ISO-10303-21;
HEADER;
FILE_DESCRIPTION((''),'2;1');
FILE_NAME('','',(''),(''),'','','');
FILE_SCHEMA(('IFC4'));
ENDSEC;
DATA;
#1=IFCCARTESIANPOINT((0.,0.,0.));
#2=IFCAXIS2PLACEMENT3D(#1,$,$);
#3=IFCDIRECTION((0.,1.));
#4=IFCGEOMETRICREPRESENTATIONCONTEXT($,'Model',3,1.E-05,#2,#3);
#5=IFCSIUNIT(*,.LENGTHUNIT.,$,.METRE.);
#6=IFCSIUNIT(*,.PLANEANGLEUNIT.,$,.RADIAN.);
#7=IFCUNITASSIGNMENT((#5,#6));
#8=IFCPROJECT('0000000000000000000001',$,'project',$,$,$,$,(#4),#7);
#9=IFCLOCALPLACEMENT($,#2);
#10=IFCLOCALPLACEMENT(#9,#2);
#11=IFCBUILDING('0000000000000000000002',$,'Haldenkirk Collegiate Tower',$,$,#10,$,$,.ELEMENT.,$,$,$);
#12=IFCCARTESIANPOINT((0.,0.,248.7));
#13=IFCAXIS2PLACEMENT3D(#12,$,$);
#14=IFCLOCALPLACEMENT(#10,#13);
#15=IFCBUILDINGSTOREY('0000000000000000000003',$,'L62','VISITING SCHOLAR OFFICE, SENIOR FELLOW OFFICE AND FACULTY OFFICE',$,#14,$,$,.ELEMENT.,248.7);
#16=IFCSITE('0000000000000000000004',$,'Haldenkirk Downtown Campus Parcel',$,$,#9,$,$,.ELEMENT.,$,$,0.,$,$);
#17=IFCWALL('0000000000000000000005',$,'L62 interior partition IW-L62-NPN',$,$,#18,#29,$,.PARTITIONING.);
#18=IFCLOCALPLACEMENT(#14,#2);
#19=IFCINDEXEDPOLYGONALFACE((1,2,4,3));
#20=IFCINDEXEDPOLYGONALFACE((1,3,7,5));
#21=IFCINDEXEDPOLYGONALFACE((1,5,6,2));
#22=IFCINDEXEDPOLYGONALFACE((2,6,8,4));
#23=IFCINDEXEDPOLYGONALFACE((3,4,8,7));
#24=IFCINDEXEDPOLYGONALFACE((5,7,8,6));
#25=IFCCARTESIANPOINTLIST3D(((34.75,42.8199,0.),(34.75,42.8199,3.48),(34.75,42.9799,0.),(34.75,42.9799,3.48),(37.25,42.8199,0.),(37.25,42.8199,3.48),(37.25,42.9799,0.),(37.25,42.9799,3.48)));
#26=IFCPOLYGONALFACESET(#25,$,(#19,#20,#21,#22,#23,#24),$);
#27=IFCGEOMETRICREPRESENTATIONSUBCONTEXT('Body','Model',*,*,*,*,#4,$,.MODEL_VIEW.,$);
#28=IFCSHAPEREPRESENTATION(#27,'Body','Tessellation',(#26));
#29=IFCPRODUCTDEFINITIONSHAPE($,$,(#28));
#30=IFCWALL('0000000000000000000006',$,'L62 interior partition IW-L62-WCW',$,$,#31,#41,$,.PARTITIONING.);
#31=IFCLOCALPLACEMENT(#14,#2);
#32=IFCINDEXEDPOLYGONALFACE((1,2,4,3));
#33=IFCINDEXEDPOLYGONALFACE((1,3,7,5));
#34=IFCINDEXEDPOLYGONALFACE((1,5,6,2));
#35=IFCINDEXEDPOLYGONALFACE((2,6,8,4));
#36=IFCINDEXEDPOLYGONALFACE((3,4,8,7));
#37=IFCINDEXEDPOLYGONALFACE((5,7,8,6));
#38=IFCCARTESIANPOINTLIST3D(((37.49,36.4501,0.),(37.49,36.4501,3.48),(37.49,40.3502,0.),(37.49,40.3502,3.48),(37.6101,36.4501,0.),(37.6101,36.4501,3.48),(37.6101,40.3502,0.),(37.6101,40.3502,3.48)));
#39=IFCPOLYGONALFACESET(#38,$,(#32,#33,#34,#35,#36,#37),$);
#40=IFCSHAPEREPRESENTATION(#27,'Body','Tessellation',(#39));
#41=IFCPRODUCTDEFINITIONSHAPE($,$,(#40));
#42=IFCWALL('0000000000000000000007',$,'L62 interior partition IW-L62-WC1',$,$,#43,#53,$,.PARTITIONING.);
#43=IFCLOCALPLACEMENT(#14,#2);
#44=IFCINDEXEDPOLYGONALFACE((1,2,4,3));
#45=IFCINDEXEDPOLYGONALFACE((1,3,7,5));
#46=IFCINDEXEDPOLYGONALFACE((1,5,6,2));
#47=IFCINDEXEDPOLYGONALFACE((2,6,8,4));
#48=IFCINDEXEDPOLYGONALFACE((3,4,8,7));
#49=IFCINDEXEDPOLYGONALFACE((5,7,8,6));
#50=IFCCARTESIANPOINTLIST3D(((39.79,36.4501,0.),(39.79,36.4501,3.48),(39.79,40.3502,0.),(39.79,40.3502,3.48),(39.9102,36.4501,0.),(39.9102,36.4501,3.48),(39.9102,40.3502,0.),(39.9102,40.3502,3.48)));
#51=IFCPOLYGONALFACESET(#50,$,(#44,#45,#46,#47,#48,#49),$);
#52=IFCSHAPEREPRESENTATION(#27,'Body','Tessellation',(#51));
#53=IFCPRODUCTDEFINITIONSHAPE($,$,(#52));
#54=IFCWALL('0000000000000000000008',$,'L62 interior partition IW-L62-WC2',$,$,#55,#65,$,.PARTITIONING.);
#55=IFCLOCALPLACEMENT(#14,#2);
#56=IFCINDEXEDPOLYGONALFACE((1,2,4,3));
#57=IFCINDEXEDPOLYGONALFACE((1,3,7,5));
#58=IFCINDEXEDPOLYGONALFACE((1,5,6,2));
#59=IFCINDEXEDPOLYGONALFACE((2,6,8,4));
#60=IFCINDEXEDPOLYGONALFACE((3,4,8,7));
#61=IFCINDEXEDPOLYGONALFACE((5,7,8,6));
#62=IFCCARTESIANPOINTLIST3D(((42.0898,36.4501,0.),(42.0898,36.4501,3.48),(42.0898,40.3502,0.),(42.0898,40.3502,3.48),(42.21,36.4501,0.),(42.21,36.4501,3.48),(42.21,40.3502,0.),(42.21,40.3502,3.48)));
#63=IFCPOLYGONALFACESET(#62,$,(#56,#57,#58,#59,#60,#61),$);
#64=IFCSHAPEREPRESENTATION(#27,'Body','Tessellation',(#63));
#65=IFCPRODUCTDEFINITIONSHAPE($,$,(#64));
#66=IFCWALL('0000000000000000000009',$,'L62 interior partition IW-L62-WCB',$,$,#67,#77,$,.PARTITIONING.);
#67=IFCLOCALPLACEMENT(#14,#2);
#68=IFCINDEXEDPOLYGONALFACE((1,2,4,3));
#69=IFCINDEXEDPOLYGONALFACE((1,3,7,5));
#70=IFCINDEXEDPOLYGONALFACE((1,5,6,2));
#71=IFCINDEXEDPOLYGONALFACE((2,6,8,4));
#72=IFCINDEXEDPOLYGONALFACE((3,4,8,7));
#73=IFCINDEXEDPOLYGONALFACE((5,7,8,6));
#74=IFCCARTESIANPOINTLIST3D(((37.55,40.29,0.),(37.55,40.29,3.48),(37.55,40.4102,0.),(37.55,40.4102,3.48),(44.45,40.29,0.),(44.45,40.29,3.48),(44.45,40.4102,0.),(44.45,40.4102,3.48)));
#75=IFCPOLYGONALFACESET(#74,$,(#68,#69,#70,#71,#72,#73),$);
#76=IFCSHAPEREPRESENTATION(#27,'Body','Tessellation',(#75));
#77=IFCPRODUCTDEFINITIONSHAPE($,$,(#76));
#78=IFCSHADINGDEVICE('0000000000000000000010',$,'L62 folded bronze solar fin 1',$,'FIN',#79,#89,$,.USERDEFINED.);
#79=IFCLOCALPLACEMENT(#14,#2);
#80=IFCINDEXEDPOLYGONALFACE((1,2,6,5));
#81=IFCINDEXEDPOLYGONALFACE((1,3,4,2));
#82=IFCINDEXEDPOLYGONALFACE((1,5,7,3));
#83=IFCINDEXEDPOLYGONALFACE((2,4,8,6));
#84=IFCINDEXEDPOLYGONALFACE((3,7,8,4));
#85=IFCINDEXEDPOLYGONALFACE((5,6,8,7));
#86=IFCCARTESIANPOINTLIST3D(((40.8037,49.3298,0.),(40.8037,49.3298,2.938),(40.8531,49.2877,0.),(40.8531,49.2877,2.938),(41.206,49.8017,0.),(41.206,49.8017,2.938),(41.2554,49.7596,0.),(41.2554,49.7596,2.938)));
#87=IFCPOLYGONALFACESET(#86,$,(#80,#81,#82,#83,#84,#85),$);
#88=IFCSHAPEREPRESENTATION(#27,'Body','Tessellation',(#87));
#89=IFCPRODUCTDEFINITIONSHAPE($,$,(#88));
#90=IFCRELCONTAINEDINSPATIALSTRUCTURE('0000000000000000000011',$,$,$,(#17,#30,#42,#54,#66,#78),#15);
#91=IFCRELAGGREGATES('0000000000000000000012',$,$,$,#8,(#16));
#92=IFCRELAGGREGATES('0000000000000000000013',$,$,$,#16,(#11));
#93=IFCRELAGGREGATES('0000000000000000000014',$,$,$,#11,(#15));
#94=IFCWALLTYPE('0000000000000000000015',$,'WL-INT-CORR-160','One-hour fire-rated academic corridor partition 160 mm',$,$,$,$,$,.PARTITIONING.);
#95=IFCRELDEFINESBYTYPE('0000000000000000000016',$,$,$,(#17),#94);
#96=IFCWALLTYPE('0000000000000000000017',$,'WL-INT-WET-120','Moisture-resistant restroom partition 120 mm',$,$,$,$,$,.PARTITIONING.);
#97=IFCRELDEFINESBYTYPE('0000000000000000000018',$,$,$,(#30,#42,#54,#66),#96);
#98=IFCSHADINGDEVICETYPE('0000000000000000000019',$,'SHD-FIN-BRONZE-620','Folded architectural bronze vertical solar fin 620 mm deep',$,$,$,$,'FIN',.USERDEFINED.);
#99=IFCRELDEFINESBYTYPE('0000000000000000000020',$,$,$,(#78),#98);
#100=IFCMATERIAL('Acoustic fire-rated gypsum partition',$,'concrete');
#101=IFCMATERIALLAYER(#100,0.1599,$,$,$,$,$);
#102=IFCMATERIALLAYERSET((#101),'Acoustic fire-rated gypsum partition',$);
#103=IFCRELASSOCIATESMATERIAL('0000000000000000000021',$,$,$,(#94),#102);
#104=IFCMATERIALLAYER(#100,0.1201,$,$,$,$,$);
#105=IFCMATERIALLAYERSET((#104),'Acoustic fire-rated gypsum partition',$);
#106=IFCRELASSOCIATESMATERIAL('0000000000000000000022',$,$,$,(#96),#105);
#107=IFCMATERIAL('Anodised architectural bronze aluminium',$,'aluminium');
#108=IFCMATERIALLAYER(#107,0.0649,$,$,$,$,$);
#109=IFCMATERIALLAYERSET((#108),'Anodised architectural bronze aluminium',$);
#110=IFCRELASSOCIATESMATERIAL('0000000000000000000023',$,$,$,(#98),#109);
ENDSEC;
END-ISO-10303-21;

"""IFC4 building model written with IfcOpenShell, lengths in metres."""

from ifc_helpers import new_model, si_unit, direction, frame, frame_2d, origin, origin_2d, place, context, subcontext, project, spatial, rectangle, extrude, source, transform, mapped, material, layer, layer_set, type_object, element, save


model = new_model("IFC4")

# Units and contexts
model_context = context("Model", 3, precision=1e-05, world=origin(), true_north=direction((0.0, 1.0)))
body_context = subcontext(model_context, "Body", "Model", "MODEL_VIEW")
ifc_project = project(units=[si_unit("LENGTHUNIT", "METRE"), si_unit("PLANEANGLEUNIT", "RADIAN")], contexts=[model_context])

# Site, building, storey
site_placement = place(None, origin())
site = spatial("IfcSite", under=ifc_project, at=site_placement, Name="Haldenkirk Downtown Campus Parcel", CompositionType="ELEMENT", RefElevation=0.0)
building_placement = place(site_placement, origin())
building = spatial("IfcBuilding", under=site, at=building_placement, Name="Haldenkirk Collegiate Tower", CompositionType="ELEMENT")
storey_placement = place(building_placement, frame((0.0, 0.0, 248.7)))
storey = spatial("IfcBuildingStorey", under=building, at=storey_placement, Name="L62", Description="VISITING SCHOLAR OFFICE, SENIOR FELLOW OFFICE AND FACULTY OFFICE", CompositionType="ELEMENT", Elevation=248.7)

# Shared definitions
ifc_material_1 = material(Name="Anodised architectural bronze aluminium", Category="aluminium")

# Shared definitions
ifc_material_2 = material(Name="Acoustic fire-rated gypsum partition", Category="concrete")
ifc_layer_1 = layer(ifc_material_2, 0.1599)
ifc_layer_set_1 = layer_set([ifc_layer_1], Name="Acoustic fire-rated gypsum partition")
wall_type_1 = type_object("IfcWallType", Name="WL-INT-CORR-160", Description="One-hour fire-rated academic corridor partition 160 mm", PredefinedType="PARTITIONING", material=ifc_layer_set_1)

# Walls
wall_1_placement = place(storey_placement, frame((34.75, 42.8999, 0.0), z_axis=(0.0, 0.0, 1.0), x_axis=(1.0, 0.0, 0.0)))
element("IfcWall", 1, at=wall_1_placement, inside=storey, type_object=wall_type_1, Name="L62 interior partition IW-L62-NPN", PredefinedType="PARTITIONING", context=body_context, shape_type="SweptSolid", body=[
    extrude(rectangle(XDim=2.5, YDim=0.1599, at=frame_2d((1.25, 0.0))), origin(), (0.0, 0.0, 1.0), 3.48),
])
ifc_layer_2 = layer(ifc_material_2, 0.1201)
ifc_layer_set_2 = layer_set([ifc_layer_2], Name="Acoustic fire-rated gypsum partition")
wall_type_2 = type_object("IfcWallType", Name="WL-INT-WET-120", Description="Moisture-resistant restroom partition 120 mm", PredefinedType="PARTITIONING", material=ifc_layer_set_2)
for number, where, z_axis, x_axis, name in (
    (2, (37.55, 36.45, 0.0), (0.0, 0.0, 1.0), (0.0, 1.0, 0.0), "L62 interior partition IW-L62-WCW"),
    (3, (39.8501, 36.45, 0.0), (0.0, 0.0, 1.0), (0.0, 1.0, 0.0), "L62 interior partition IW-L62-WC1"),
    (4, (42.1499, 36.45, 0.0), (0.0, 0.0, 1.0), (0.0, 1.0, 0.0), "L62 interior partition IW-L62-WC2"),
):
    element("IfcWall", number, at=place(storey_placement, frame(where, z_axis=z_axis, x_axis=x_axis)), inside=storey, type_object=wall_type_2, Name=name, PredefinedType="PARTITIONING", context=body_context, shape_type="SweptSolid", body=[
        extrude(rectangle(XDim=3.9001, YDim=0.1201, at=frame_2d((1.9502, 0.0))), origin(), (0.0, 0.0, 1.0), 3.48),
    ])
wall_2_placement = place(storey_placement, frame((37.55, 40.3501, 0.0), z_axis=(0.0, 0.0, 1.0), x_axis=(1.0, 0.0, 0.0)))
element("IfcWall", 5, at=wall_2_placement, inside=storey, type_object=wall_type_2, Name="L62 interior partition IW-L62-WCB", PredefinedType="PARTITIONING", context=body_context, shape_type="SweptSolid", body=[
    extrude(rectangle(XDim=6.8999, YDim=0.1201, at=frame_2d((3.45, 0.0))), origin(), (0.0, 0.0, 1.0), 3.48),
])

# Shading device
ifc_layer_3 = layer(ifc_material_1, 0.0649)
ifc_layer_set_3 = layer_set([ifc_layer_3], Name="Anodised architectural bronze aluminium")
shading_device_type = type_object("IfcShadingDeviceType", Name="SHD-FIN-BRONZE-620", Description="Folded architectural bronze vertical solar fin 620 mm deep", ElementType="FIN", PredefinedType="USERDEFINED", material=ifc_layer_set_3)
shared_shape_1 = source(origin(), body_context, "Body", "SweptSolid", [
    extrude(rectangle(XDim=0.6201, YDim=0.0649, at=origin_2d()), origin(), (0.0, 0.0, 1.0), 2.938),
])
shading_device_placement = place(storey_placement, frame((41.0295, 49.5447, 0.0), z_axis=(0.0, 0.0, 1.0), x_axis=(0.648784, 0.760972, 0.0)))
element("IfcShadingDevice", 6, at=shading_device_placement, inside=storey, type_object=shading_device_type, Name="L62 folded bronze solar fin 1", ObjectType="FIN", PredefinedType="USERDEFINED", context=body_context, shape_type="MappedRepresentation", body=[
    mapped(shared_shape_1, transform((0.0, 0.0, 0.0), x_axis=(1.0, 0.0, 0.0), y_axis=(0.0, 1.0, 0.0), z_axis=(0.0, 0.0, 1.0), scale=1.0)),
])

save(model, "model.ifc")
